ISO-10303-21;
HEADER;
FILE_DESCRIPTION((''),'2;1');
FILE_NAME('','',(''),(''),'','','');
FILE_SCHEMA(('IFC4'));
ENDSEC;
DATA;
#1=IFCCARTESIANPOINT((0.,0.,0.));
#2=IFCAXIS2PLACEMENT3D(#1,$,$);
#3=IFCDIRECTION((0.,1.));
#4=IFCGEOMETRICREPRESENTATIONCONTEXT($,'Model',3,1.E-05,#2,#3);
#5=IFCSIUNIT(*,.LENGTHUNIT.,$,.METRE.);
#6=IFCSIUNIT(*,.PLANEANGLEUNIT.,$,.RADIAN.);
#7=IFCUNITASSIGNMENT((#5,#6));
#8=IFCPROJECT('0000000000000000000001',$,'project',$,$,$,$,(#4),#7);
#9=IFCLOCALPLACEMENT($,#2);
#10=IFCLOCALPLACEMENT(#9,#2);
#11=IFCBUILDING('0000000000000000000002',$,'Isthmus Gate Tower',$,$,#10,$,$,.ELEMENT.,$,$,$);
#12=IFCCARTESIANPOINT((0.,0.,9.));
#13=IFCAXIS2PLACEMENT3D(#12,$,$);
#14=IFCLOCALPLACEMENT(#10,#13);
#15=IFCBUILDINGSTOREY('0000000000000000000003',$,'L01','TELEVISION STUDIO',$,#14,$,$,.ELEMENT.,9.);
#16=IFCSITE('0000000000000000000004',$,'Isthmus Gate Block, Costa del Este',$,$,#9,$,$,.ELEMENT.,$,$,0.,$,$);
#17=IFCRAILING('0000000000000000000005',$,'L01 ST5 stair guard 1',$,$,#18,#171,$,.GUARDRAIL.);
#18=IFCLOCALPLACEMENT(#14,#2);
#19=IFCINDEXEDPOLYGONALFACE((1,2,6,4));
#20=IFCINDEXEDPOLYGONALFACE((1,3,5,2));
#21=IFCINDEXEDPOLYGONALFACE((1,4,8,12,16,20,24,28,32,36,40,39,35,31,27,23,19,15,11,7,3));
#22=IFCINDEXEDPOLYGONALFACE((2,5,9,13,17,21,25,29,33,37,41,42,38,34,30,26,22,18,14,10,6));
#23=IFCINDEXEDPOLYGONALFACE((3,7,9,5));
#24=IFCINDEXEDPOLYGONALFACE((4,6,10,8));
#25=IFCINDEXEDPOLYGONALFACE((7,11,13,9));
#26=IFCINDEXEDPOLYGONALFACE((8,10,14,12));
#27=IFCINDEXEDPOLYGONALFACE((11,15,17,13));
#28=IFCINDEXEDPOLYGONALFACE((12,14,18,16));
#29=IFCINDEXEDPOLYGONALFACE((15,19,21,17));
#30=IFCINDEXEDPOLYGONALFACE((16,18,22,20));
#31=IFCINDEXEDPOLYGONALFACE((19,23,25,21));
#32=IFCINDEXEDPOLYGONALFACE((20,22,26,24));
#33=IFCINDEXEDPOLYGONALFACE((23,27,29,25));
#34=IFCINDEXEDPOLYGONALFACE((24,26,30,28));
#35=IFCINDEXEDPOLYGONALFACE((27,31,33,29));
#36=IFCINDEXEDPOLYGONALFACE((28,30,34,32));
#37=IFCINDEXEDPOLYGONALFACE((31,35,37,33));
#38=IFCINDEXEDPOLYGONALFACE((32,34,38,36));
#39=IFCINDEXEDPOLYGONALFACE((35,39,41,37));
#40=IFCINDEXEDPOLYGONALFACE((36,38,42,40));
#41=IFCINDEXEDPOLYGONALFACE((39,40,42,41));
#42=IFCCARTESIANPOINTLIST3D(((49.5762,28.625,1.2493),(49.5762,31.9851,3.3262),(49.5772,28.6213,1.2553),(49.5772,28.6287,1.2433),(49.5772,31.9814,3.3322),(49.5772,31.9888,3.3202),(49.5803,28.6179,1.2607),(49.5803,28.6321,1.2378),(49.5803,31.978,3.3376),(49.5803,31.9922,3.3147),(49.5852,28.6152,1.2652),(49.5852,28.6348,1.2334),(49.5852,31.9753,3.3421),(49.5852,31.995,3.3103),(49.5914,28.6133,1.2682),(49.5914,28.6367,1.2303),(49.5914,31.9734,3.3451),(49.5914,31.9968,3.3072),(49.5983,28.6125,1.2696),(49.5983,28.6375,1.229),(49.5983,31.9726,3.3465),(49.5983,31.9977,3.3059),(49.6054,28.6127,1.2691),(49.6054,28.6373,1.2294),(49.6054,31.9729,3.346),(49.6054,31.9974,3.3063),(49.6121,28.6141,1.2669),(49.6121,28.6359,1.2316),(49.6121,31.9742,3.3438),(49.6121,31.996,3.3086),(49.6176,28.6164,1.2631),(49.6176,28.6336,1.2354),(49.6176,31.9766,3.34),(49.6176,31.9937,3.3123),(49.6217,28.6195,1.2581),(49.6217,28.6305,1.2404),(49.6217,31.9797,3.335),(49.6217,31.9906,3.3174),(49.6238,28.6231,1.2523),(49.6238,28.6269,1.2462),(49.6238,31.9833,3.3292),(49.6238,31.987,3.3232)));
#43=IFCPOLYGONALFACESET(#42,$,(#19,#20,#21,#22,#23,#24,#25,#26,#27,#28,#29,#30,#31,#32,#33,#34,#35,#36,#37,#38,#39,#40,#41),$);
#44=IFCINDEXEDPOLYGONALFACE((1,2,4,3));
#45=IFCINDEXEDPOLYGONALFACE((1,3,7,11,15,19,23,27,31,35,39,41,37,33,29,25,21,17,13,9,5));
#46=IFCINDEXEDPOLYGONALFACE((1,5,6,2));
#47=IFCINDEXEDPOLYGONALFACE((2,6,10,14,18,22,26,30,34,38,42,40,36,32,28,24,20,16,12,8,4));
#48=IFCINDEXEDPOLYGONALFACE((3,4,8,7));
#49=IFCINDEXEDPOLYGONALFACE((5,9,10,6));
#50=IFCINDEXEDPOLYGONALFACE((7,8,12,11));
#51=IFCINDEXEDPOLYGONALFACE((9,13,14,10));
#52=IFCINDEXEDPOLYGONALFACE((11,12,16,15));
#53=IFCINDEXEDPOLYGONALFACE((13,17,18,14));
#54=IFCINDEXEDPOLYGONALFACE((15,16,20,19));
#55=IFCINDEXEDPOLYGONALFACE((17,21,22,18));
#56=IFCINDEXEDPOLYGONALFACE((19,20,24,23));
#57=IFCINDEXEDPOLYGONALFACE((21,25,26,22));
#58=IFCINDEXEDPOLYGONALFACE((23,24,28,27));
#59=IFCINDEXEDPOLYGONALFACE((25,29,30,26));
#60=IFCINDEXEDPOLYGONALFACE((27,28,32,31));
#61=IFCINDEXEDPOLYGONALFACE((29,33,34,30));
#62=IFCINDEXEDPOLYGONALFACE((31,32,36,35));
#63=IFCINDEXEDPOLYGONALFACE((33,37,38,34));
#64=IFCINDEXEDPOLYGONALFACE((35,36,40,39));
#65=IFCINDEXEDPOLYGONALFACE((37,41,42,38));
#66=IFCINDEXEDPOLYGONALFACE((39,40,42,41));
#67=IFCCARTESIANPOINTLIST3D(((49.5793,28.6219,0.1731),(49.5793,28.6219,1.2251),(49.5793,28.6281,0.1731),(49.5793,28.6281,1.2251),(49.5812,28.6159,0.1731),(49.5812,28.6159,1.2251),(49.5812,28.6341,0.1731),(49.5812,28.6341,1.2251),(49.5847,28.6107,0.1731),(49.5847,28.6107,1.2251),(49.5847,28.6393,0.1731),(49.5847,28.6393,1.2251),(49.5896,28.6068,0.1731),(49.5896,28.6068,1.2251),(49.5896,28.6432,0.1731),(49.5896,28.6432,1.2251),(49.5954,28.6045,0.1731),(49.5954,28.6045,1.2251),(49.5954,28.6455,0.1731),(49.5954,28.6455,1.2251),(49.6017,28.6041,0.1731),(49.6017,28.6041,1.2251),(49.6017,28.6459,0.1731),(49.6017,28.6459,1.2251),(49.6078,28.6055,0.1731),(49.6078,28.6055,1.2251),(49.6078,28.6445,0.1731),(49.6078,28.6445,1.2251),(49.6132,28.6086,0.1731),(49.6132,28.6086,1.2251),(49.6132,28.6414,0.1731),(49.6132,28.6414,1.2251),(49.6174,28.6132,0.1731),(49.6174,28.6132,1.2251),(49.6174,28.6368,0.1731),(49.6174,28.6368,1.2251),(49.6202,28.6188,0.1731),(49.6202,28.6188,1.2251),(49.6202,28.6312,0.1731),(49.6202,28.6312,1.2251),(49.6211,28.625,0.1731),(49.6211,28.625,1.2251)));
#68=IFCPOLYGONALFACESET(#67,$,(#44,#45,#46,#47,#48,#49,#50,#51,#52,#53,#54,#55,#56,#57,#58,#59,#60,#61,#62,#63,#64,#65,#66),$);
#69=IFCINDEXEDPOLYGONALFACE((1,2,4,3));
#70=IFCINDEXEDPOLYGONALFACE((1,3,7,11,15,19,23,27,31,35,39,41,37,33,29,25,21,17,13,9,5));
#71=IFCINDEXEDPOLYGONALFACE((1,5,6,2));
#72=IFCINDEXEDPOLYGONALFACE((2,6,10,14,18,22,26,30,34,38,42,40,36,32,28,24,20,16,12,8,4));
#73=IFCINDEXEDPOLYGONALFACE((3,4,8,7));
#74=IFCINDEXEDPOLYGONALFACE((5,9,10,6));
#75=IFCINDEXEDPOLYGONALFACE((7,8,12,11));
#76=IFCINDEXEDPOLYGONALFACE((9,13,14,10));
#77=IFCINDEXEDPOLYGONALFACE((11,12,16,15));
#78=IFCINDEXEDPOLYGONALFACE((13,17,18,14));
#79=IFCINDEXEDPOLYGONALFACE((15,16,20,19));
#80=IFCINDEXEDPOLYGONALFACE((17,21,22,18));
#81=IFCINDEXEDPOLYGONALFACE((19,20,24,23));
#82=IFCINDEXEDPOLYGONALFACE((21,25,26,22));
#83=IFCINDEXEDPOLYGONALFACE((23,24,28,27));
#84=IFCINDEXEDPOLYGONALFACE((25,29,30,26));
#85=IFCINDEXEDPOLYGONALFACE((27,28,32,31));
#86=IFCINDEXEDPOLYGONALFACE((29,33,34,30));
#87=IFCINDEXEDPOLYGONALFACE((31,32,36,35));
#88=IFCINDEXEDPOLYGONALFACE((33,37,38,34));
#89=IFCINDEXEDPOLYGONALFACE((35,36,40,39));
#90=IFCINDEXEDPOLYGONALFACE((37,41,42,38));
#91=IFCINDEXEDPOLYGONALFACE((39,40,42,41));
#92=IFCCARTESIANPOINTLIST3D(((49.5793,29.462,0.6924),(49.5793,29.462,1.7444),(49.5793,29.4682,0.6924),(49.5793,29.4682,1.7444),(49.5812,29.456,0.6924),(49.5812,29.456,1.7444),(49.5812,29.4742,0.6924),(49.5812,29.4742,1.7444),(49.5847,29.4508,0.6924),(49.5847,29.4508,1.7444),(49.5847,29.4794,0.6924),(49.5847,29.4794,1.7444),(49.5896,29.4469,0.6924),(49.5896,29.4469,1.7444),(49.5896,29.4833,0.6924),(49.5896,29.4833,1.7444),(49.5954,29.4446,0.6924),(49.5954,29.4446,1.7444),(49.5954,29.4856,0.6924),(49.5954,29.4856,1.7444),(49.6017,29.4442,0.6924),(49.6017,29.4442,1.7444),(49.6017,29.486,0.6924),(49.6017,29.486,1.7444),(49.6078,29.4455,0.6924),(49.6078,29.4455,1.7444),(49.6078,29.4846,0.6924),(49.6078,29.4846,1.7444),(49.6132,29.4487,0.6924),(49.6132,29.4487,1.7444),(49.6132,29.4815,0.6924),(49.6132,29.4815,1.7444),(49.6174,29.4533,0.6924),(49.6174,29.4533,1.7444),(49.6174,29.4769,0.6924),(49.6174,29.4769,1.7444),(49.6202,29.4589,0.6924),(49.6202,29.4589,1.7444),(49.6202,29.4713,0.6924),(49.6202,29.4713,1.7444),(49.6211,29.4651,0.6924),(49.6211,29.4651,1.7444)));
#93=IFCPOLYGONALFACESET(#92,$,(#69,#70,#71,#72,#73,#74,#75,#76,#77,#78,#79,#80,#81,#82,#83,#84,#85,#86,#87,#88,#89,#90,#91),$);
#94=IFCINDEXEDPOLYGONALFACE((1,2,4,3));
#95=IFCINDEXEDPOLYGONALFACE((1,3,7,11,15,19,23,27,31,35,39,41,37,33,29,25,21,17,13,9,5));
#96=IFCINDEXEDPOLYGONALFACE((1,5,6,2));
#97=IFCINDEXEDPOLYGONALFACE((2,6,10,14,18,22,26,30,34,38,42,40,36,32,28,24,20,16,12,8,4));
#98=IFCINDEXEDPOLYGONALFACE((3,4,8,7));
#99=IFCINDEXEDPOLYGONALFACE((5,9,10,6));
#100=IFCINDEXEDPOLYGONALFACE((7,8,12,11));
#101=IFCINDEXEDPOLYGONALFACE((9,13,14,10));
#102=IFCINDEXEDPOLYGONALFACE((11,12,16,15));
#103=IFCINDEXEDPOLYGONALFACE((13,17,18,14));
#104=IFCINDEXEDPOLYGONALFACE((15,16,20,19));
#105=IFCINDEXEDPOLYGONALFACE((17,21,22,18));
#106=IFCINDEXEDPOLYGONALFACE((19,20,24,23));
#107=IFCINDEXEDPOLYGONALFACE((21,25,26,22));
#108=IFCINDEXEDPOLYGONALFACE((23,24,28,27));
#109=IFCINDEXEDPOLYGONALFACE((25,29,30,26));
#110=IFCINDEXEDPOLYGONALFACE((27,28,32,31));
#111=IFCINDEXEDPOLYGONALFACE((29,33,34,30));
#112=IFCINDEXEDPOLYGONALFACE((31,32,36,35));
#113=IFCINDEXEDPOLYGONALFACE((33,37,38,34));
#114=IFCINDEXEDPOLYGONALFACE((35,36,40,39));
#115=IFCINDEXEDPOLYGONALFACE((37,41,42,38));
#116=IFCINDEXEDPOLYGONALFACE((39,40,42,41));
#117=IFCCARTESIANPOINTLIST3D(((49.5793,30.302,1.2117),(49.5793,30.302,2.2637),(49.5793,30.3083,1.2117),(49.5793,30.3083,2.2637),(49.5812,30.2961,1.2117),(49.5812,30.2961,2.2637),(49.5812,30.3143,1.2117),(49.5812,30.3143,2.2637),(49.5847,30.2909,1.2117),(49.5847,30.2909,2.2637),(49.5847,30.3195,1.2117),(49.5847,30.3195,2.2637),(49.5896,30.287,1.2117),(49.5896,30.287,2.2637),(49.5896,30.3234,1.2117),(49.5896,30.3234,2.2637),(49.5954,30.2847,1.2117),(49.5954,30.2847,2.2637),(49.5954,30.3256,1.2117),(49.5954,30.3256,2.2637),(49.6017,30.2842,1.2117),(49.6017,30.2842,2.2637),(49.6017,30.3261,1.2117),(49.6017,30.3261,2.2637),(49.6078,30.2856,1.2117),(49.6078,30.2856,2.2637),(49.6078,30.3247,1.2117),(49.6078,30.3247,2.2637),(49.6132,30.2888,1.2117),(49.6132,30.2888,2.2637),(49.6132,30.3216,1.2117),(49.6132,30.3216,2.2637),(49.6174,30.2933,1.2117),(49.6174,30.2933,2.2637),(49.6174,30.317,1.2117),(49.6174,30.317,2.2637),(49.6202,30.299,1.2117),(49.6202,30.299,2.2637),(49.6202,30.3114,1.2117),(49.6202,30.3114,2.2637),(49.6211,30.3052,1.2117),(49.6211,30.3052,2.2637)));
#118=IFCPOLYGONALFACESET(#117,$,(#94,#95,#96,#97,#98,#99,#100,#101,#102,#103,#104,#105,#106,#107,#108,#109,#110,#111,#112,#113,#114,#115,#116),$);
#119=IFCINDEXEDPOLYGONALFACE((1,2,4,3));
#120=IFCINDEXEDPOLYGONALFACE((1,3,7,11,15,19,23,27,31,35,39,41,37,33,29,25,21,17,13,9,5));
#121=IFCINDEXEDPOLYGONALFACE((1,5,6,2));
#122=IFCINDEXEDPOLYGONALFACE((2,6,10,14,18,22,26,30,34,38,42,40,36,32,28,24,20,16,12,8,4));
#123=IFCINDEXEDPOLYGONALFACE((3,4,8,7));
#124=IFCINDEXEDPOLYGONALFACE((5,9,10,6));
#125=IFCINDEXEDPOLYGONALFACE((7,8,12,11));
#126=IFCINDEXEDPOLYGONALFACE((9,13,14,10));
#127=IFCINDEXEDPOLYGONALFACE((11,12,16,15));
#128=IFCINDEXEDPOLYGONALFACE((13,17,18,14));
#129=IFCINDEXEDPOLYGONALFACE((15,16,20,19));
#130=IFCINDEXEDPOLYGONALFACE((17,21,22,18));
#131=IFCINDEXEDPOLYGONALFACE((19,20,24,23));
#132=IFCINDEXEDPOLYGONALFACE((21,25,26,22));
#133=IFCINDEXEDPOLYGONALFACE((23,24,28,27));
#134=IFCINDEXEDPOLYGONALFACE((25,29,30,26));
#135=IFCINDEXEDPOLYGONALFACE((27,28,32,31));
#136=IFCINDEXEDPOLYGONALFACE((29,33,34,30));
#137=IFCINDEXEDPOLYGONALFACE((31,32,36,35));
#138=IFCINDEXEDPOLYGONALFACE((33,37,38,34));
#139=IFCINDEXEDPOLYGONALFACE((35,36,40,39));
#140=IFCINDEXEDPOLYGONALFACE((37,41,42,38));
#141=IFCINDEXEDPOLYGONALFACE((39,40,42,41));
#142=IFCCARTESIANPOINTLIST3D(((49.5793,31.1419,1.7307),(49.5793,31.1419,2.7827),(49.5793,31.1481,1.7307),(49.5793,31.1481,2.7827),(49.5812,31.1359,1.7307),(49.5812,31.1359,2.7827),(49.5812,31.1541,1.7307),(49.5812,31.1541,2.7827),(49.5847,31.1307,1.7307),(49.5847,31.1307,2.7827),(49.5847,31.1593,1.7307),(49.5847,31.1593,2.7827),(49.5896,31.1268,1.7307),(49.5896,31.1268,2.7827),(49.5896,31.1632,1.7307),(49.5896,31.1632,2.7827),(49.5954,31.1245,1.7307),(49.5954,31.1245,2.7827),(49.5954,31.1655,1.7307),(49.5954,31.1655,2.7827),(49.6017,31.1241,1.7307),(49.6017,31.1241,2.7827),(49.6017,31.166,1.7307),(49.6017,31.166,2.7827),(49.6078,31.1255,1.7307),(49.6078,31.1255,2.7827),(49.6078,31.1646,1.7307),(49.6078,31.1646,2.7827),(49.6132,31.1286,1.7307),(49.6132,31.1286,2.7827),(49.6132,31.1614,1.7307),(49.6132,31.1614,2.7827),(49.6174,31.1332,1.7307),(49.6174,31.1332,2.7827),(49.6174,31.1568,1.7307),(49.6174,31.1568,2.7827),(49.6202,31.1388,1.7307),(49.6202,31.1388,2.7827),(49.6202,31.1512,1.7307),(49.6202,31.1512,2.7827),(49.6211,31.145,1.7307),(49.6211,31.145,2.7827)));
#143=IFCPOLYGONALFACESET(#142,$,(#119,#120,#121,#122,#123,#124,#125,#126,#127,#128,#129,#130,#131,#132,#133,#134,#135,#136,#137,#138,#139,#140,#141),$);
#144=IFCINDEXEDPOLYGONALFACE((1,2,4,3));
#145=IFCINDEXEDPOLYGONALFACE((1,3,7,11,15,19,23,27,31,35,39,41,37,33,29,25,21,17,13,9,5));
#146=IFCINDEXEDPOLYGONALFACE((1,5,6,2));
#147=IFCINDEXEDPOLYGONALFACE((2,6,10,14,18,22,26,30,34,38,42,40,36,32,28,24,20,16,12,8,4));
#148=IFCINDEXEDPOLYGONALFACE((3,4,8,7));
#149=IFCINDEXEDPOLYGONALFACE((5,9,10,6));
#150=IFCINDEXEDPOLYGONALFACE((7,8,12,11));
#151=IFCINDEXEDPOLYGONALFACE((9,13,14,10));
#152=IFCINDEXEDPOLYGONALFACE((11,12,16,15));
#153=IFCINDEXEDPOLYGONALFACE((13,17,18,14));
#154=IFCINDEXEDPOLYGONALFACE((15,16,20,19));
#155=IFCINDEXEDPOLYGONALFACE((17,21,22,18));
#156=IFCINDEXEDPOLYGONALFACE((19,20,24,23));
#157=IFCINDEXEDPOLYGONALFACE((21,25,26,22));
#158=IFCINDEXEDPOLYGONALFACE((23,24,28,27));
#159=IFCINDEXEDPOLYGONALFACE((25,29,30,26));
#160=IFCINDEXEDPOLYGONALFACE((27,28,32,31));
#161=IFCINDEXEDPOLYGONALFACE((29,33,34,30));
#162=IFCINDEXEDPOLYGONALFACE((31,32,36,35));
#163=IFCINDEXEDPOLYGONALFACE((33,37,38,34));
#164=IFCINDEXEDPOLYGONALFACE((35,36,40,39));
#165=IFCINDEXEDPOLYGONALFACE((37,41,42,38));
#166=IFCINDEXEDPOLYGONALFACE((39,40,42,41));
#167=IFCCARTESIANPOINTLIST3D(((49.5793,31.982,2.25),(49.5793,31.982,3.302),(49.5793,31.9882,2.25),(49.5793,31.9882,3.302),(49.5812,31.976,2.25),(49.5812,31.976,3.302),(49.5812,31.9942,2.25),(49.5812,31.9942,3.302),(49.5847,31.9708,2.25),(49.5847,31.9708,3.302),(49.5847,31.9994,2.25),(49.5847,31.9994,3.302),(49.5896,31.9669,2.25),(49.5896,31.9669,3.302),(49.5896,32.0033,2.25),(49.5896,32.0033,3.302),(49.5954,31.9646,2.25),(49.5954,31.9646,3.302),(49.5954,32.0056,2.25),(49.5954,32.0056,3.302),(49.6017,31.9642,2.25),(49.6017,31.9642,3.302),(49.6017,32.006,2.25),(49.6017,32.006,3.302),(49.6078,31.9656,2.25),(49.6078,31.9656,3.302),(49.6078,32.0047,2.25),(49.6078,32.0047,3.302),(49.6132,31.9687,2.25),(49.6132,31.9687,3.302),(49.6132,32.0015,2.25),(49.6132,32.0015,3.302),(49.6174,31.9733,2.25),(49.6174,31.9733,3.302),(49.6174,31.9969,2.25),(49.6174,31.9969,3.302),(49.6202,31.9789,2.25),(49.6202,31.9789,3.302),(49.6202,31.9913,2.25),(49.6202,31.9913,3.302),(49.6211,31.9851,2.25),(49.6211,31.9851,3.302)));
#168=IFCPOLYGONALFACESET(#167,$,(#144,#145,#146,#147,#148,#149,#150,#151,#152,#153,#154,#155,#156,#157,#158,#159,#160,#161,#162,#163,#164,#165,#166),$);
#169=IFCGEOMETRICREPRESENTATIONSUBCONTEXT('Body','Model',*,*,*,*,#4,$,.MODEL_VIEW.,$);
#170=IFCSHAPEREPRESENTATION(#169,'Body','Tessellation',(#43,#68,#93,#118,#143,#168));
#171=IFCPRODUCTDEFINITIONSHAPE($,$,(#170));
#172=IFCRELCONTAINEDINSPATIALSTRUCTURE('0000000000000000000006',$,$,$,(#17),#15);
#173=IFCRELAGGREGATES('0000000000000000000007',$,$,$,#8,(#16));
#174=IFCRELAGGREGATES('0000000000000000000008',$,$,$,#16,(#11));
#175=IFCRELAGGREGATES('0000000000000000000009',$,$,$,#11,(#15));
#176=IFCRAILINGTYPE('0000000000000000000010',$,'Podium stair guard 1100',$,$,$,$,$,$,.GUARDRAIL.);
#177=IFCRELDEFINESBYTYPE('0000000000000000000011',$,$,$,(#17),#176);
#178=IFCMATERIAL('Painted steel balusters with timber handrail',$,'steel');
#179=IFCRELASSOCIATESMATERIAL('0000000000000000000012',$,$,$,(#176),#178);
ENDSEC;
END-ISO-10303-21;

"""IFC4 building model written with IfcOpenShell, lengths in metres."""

from ifc_helpers import new_model, si_unit, direction, frame, origin, origin_2d, place, context, subcontext, project, spatial, circle, extrude, material, type_object, element, save


model = new_model("IFC4")

# Units and contexts
model_context = context("Model", 3, precision=1e-05, world=origin(), true_north=direction((0.0, 1.0)))
body_context = subcontext(model_context, "Body", "Model", "MODEL_VIEW")
ifc_project = project(units=[si_unit("LENGTHUNIT", "METRE"), si_unit("PLANEANGLEUNIT", "RADIAN")], contexts=[model_context])

# Site, building, storey
site_placement = place(None, origin())
site = spatial("IfcSite", under=ifc_project, at=site_placement, Name="Isthmus Gate Block, Costa del Este", CompositionType="ELEMENT", RefElevation=0.0)
building_placement = place(site_placement, origin())
building = spatial("IfcBuilding", under=site, at=building_placement, Name="Isthmus Gate Tower", CompositionType="ELEMENT")
storey_placement = place(building_placement, frame((0.0, 0.0, 9.0)))
storey = spatial("IfcBuildingStorey", under=building, at=storey_placement, Name="L01", Description="TELEVISION STUDIO", CompositionType="ELEMENT", Elevation=9.0)

# Railing
ifc_material_1 = material(Name="Painted steel balusters with timber handrail", Category="steel")
railing_type_1 = type_object("IfcRailingType", Name="Podium stair guard 1100", PredefinedType="GUARDRAIL", material=ifc_material_1)
railing_1_placement = place(storey_placement, frame((49.6001, 28.625, 0.1731)))
element("IfcRailing", 1, at=railing_1_placement, inside=storey, type_object=railing_type_1, Name="L01 ST5 stair guard 1", PredefinedType="GUARDRAIL", context=body_context, shape_type="SweptSolid", body=[
    extrude(circle(Radius=0.0239, at=origin_2d()), frame((0.0, 0.0, 1.0762), z_axis=(0.0, 0.850623, 0.525776), x_axis=(-1.0, 0.0, 0.0)), (0.0, 0.0, 1.0), 3.9502),
    extrude(circle(Radius=0.021, at=origin_2d()), origin(), (0.0, 0.0, 1.0), 1.052),
    extrude(circle(Radius=0.021, at=origin_2d()), frame((0.0, 0.8401, 0.5193)), (0.0, 0.0, 1.0), 1.052),
    extrude(circle(Radius=0.021, at=origin_2d()), frame((0.0, 1.6802, 1.0386)), (0.0, 0.0, 1.0), 1.052),
    extrude(circle(Radius=0.021, at=origin_2d()), frame((0.0, 2.52, 1.5576)), (0.0, 0.0, 1.0), 1.052),
    extrude(circle(Radius=0.021, at=origin_2d()), frame((0.0, 3.3601, 2.0769)), (0.0, 0.0, 1.0), 1.052),
])

save(model, "model.ifc")
